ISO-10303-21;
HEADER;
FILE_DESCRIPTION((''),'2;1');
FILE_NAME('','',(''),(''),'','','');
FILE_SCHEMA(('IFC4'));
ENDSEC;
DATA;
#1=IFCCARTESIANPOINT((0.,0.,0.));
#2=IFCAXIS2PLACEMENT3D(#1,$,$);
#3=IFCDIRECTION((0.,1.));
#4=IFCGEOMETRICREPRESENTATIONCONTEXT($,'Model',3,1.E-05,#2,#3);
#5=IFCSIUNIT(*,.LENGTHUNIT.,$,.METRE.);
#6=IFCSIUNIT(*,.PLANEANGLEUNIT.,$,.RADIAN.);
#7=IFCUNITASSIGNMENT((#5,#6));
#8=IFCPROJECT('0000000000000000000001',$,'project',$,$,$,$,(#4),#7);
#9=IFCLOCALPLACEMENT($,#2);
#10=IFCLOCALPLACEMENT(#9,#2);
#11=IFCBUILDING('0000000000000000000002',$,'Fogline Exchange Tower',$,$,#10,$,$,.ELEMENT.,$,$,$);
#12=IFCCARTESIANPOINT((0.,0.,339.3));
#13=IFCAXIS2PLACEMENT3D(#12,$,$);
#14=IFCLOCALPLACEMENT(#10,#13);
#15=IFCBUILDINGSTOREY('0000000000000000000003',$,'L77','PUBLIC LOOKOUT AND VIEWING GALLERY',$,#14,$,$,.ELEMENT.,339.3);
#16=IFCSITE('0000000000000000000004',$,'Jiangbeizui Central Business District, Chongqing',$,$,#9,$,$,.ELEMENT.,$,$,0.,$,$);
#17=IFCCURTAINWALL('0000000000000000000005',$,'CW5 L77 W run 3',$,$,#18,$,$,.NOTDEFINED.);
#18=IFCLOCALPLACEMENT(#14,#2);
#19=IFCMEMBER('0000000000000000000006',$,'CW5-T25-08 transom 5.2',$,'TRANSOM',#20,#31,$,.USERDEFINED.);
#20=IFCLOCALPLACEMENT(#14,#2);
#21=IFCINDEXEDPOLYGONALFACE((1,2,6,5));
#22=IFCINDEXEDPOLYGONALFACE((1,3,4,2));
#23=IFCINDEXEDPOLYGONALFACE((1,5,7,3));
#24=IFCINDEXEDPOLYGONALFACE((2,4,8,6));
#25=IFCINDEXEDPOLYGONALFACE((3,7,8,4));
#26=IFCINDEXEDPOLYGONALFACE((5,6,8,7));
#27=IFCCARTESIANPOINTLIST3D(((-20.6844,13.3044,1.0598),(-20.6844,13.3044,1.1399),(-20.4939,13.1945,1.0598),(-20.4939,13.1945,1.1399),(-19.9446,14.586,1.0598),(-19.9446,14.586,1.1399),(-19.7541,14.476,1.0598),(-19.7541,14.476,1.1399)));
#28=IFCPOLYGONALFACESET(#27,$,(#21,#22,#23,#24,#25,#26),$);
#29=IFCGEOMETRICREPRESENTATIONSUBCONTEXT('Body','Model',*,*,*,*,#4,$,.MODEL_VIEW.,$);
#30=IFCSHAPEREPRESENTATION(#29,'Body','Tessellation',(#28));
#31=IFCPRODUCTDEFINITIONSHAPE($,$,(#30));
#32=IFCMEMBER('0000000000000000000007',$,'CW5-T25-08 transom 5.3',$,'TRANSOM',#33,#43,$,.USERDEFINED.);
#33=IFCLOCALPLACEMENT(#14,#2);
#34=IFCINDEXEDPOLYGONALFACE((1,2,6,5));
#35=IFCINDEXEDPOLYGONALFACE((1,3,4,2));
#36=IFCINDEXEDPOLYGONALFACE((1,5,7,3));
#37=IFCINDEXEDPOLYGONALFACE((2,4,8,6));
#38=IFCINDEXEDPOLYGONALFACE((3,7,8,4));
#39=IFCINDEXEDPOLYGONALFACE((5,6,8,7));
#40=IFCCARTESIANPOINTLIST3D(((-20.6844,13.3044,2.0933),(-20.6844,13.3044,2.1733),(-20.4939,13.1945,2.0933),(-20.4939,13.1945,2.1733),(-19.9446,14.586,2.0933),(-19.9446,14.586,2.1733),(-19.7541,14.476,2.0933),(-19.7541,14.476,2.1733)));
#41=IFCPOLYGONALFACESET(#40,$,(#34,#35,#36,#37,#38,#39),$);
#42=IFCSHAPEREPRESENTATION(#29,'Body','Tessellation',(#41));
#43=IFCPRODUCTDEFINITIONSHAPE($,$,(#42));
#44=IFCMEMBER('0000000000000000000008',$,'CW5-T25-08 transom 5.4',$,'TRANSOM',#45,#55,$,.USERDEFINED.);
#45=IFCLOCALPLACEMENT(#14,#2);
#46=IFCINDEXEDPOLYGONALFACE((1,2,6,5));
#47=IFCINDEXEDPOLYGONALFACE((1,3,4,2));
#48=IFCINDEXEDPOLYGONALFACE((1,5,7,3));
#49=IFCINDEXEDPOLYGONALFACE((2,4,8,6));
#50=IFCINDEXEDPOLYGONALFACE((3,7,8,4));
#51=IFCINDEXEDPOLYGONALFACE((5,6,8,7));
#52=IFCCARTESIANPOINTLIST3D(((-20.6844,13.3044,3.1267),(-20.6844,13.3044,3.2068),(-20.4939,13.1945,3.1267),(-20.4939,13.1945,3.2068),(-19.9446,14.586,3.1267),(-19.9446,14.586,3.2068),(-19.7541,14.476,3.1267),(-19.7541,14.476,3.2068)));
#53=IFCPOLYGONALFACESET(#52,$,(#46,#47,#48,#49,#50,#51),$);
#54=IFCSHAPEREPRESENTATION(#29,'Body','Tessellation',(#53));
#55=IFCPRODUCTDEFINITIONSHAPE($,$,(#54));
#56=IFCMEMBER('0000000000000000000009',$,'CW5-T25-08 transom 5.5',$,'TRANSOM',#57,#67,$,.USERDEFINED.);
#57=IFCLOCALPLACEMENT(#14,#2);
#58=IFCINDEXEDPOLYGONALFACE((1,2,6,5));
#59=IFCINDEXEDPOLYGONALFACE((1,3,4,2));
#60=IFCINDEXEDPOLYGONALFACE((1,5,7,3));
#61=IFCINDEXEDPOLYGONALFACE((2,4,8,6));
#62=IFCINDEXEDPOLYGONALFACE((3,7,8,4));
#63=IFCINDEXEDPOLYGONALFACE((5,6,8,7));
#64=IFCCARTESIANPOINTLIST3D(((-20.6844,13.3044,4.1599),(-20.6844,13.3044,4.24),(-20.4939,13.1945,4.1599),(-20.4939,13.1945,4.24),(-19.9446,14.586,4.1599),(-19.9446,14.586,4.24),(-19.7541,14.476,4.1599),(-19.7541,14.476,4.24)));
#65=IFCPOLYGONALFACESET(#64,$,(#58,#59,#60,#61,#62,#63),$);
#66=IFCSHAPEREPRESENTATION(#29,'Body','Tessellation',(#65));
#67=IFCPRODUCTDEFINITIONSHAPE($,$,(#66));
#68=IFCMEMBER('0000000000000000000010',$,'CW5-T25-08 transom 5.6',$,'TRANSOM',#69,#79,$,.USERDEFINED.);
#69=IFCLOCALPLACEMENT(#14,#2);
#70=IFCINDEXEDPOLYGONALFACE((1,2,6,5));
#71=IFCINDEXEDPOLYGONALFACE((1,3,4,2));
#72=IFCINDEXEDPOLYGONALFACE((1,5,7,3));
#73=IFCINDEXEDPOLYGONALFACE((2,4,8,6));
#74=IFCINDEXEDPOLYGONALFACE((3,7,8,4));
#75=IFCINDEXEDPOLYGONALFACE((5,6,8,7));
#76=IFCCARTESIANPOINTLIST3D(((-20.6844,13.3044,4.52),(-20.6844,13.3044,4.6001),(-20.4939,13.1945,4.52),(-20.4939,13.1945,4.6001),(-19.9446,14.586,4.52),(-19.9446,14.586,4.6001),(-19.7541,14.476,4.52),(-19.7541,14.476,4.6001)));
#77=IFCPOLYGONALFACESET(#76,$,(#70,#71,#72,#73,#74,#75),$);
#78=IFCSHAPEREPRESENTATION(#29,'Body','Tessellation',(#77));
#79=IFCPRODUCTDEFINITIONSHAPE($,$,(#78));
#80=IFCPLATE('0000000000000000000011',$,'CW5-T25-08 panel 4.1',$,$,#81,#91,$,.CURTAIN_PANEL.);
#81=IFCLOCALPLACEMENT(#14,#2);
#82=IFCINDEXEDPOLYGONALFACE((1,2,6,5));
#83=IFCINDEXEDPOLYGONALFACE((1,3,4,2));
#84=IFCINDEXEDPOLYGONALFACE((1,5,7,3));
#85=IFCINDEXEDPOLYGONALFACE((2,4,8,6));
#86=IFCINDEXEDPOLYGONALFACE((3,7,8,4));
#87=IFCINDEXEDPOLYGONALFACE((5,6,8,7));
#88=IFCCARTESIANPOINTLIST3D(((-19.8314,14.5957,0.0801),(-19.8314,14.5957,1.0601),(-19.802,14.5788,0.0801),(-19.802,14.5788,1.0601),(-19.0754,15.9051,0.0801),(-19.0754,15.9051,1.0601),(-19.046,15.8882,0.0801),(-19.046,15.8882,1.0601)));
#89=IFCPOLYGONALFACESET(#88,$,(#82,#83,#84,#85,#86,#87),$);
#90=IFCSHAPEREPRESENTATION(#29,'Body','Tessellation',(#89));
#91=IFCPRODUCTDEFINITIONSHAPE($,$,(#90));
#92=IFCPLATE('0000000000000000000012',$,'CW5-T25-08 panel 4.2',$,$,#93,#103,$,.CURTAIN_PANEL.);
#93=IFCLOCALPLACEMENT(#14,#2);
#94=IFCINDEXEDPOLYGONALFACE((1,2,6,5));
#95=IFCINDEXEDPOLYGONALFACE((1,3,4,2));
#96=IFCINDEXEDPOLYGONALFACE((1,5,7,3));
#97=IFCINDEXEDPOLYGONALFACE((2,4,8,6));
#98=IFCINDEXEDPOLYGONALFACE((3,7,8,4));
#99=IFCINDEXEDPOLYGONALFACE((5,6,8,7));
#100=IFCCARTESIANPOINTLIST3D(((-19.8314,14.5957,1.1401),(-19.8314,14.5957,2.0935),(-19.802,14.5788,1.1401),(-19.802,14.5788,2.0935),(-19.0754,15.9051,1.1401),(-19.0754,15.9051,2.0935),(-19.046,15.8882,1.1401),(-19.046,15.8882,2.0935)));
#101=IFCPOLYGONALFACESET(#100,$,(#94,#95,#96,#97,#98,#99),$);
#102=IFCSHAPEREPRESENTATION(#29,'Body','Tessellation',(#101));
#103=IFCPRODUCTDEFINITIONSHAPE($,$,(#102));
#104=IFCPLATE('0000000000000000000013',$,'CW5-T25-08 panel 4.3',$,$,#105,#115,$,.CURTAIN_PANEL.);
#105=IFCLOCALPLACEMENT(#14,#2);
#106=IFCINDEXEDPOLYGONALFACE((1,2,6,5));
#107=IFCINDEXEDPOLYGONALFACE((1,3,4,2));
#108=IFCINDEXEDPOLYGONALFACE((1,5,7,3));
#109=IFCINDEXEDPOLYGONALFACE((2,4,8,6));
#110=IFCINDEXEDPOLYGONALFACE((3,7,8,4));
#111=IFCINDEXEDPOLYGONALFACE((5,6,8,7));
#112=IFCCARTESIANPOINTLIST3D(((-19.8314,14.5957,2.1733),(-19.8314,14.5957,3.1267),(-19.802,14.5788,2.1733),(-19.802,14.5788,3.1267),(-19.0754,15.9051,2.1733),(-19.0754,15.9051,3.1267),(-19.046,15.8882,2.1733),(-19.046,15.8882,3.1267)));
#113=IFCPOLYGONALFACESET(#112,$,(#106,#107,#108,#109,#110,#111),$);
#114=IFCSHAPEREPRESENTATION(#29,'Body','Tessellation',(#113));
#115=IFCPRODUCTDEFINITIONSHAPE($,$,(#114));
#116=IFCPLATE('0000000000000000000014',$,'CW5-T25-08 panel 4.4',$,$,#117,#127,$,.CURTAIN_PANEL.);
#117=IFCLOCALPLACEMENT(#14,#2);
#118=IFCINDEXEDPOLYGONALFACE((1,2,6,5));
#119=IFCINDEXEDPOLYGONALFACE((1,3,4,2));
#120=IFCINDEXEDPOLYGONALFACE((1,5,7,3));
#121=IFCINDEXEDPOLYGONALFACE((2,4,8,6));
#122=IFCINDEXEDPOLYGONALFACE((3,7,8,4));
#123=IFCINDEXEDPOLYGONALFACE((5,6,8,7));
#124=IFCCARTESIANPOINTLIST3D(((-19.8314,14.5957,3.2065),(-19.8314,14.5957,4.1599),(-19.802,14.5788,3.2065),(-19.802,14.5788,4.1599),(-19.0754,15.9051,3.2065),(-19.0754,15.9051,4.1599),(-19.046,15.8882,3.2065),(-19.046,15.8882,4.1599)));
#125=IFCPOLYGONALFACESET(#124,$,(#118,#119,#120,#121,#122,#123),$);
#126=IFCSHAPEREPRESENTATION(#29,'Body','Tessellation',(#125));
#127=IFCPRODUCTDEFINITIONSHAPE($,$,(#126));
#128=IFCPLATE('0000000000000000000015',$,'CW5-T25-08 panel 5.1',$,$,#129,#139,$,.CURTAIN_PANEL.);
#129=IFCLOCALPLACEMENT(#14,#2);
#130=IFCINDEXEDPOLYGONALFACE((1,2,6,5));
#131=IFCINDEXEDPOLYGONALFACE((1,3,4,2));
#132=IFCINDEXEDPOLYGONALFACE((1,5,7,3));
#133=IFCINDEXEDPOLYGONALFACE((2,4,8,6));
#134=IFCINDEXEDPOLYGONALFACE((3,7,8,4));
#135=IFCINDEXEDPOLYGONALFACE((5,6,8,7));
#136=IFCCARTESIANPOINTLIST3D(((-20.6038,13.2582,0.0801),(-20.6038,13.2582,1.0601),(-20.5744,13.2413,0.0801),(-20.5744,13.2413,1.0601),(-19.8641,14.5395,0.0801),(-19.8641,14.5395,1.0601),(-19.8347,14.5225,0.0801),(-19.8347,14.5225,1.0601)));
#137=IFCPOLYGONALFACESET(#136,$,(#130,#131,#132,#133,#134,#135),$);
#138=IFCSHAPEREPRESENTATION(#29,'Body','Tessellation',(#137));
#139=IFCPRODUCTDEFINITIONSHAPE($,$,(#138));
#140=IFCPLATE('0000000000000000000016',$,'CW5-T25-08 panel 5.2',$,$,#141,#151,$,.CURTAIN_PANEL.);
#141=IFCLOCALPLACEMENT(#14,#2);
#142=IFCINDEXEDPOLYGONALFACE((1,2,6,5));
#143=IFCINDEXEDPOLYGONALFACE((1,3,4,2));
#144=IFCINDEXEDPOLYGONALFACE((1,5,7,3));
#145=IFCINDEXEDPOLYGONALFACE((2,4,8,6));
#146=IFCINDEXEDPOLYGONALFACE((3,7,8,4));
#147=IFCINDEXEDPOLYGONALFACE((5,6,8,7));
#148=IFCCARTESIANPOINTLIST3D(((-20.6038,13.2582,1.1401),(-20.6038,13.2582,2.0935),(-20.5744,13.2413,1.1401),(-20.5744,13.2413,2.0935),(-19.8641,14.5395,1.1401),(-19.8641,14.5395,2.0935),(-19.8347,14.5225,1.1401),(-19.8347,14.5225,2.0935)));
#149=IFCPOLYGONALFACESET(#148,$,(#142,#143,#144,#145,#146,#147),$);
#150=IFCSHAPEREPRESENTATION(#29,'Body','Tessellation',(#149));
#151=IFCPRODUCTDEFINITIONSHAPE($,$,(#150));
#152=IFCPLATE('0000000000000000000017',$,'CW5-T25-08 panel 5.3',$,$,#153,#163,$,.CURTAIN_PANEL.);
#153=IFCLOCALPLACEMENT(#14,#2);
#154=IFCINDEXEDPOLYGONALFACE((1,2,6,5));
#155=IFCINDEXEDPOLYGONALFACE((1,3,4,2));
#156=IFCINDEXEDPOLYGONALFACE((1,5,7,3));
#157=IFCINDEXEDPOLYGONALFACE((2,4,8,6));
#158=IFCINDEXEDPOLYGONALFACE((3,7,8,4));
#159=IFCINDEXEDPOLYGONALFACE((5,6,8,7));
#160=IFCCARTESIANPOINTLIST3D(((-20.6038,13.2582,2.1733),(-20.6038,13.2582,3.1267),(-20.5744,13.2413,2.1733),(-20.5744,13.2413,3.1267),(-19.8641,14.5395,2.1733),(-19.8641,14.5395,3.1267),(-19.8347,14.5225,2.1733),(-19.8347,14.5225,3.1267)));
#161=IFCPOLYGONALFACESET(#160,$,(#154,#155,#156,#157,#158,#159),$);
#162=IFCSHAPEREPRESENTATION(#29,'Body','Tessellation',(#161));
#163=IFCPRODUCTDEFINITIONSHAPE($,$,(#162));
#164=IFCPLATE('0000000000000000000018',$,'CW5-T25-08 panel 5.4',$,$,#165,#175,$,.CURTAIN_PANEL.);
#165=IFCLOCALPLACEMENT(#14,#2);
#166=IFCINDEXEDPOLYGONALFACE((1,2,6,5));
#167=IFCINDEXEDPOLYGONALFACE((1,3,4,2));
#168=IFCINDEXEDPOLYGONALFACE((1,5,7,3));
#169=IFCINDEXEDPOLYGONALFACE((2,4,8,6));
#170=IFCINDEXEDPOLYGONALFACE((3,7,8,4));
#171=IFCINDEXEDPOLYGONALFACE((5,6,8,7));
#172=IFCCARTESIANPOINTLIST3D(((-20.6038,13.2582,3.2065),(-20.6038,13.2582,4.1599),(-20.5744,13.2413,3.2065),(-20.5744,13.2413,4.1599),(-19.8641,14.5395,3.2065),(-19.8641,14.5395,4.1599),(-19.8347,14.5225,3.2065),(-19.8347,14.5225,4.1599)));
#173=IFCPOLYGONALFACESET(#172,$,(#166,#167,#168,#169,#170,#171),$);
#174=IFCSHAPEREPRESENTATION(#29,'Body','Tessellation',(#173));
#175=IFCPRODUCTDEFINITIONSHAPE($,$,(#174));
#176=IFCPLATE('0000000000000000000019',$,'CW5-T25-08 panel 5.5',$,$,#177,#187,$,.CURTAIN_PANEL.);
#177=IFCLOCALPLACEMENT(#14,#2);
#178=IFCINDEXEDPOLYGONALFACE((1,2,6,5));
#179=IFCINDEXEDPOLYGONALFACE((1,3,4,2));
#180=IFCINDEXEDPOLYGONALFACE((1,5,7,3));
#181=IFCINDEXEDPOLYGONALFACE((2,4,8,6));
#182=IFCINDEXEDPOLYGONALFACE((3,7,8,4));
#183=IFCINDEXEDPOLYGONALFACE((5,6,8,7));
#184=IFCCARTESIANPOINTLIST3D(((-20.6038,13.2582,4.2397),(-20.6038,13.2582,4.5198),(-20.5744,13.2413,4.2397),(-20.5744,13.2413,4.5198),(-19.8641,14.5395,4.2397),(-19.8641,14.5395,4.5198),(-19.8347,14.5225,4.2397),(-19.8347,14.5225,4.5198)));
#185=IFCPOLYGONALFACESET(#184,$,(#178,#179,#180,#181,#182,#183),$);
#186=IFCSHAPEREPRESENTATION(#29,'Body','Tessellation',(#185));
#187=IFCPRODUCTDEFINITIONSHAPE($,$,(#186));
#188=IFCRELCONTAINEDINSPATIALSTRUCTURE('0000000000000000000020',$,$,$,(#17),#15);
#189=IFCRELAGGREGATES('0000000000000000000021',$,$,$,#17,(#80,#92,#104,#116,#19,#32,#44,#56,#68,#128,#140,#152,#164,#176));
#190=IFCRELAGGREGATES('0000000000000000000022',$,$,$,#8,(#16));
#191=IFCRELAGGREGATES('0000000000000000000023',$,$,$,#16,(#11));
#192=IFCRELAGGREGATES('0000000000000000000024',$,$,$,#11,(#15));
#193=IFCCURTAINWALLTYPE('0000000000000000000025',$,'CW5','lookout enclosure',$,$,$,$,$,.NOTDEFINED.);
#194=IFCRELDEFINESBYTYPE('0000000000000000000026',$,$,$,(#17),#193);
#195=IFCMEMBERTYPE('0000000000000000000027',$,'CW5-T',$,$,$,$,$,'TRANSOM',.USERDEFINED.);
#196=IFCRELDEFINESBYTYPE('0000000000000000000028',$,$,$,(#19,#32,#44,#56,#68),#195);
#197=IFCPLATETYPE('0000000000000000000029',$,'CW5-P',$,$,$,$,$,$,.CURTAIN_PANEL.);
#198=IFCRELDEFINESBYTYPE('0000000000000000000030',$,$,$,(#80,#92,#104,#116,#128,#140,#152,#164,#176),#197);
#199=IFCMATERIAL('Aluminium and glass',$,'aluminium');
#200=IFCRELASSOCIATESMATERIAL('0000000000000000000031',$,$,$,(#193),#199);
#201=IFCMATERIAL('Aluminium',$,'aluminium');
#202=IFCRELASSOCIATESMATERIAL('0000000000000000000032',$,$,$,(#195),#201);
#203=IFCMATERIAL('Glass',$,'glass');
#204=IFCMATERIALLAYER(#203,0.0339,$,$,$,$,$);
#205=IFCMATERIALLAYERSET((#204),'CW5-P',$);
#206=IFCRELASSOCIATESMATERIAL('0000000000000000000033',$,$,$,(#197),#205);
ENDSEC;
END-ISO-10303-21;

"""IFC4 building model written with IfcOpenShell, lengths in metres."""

from ifc_helpers import new_model, si_unit, direction, frame, origin, origin_2d, place, context, subcontext, project, spatial, rectangle, extrude, material, layer, layer_set, material_profile, profile_set, type_object, element, aggregate, save


model = new_model("IFC4")

# Units and contexts
model_context = context("Model", 3, precision=1e-05, world=origin(), true_north=direction((0.0, 1.0)))
body_context = subcontext(model_context, "Body", "Model", "MODEL_VIEW")
ifc_project = project(units=[si_unit("LENGTHUNIT", "METRE"), si_unit("PLANEANGLEUNIT", "RADIAN")], contexts=[model_context])

# Site, building, storey
site_placement = place(None, origin())
site = spatial("IfcSite", under=ifc_project, at=site_placement, Name="Jiangbeizui Central Business District, Chongqing", CompositionType="ELEMENT", RefElevation=0.0)
building_placement = place(site_placement, origin())
building = spatial("IfcBuilding", under=site, at=building_placement, Name="Fogline Exchange Tower", CompositionType="ELEMENT")
storey_placement = place(building_placement, frame((0.0, 0.0, 339.3)))
storey = spatial("IfcBuildingStorey", under=building, at=storey_placement, Name="L77", Description="PUBLIC LOOKOUT AND VIEWING GALLERY", CompositionType="ELEMENT", Elevation=339.3)

# Curtain wall, members, plates
ifc_material_1 = material(Name="Aluminium and glass", Category="aluminium")
curtain_wall_type = type_object("IfcCurtainWallType", Name="CW5", Description="lookout enclosure", PredefinedType="NOTDEFINED", material=ifc_material_1)
curtain_wall_placement = place(storey_placement, origin())
curtain_wall = element("IfcCurtainWall", 1, at=curtain_wall_placement, inside=storey, type_object=curtain_wall_type, Name="CW5 L77 W run 3", PredefinedType="NOTDEFINED")
ifc_material_2 = material(Name="Aluminium", Category="aluminium")
ifc_material_profile_1 = material_profile(ifc_material_2, rectangle(XDim=0.22, YDim=0.0801, at=origin_2d()), Name="Transom 80x220")
ifc_profile_set_1 = profile_set([ifc_material_profile_1], Name="Aluminium")
member_type_1 = type_object("IfcMemberType", Name="CW5-T", ElementType="TRANSOM", PredefinedType="USERDEFINED", material=ifc_profile_set_1)
member_1_placement = place(storey_placement, frame((-19.8494, 14.531, 1.0999), z_axis=(-0.499937, -0.866062, 0.0), x_axis=(0.866062, -0.499937, 0.0)))
member_1 = element("IfcMember", 2, at=member_1_placement, type_object=member_type_1, Name="CW5-T25-08 transom 5.2", ObjectType="TRANSOM", PredefinedType="USERDEFINED", context=body_context, shape_type="SweptSolid", body=[
    extrude(rectangle(XDim=0.22, YDim=0.0801, at=origin_2d()), origin(), (0.0, 0.0, 1.0), 1.4797),
])
member_2_placement = place(storey_placement, frame((-19.8494, 14.531, 2.1333), z_axis=(-0.499937, -0.866062, 0.0), x_axis=(0.866062, -0.499937, 0.0)))
member_2 = element("IfcMember", 3, at=member_2_placement, type_object=member_type_1, Name="CW5-T25-08 transom 5.3", ObjectType="TRANSOM", PredefinedType="USERDEFINED", context=body_context, shape_type="SweptSolid", body=[
    extrude(rectangle(XDim=0.22, YDim=0.0801, at=origin_2d()), origin(), (0.0, 0.0, 1.0), 1.4797),
])
member_3_placement = place(storey_placement, frame((-19.8494, 14.531, 3.1667), z_axis=(-0.499937, -0.866062, 0.0), x_axis=(0.866062, -0.499937, 0.0)))
member_3 = element("IfcMember", 4, at=member_3_placement, type_object=member_type_1, Name="CW5-T25-08 transom 5.4", ObjectType="TRANSOM", PredefinedType="USERDEFINED", context=body_context, shape_type="SweptSolid", body=[
    extrude(rectangle(XDim=0.22, YDim=0.0801, at=origin_2d()), origin(), (0.0, 0.0, 1.0), 1.4797),
])
member_4_placement = place(storey_placement, frame((-19.8494, 14.531, 4.2), z_axis=(-0.499937, -0.866062, 0.0), x_axis=(0.866062, -0.499937, 0.0)))
member_4 = element("IfcMember", 5, at=member_4_placement, type_object=member_type_1, Name="CW5-T25-08 transom 5.5", ObjectType="TRANSOM", PredefinedType="USERDEFINED", context=body_context, shape_type="SweptSolid", body=[
    extrude(rectangle(XDim=0.22, YDim=0.0801, at=origin_2d()), origin(), (0.0, 0.0, 1.0), 1.4797),
])
member_5_placement = place(storey_placement, frame((-19.8494, 14.531, 4.5601), z_axis=(-0.499937, -0.866062, 0.0), x_axis=(0.866062, -0.499937, 0.0)))
member_5 = element("IfcMember", 6, at=member_5_placement, type_object=member_type_1, Name="CW5-T25-08 transom 5.6", ObjectType="TRANSOM", PredefinedType="USERDEFINED", context=body_context, shape_type="SweptSolid", body=[
    extrude(rectangle(XDim=0.22, YDim=0.0801, at=origin_2d()), origin(), (0.0, 0.0, 1.0), 1.4797),
])
ifc_material_3 = material(Name="Glass", Category="glass")
ifc_layer_1 = layer(ifc_material_3, 0.0339)
ifc_layer_set_1 = layer_set([ifc_layer_1], Name="CW5-P")
plate_type = type_object("IfcPlateType", Name="CW5-P", PredefinedType="CURTAIN_PANEL", material=ifc_layer_set_1)
plate_1_placement = place(storey_placement, frame((-19.4387, 15.2419, 0.0801), z_axis=(0.0, 0.0, 1.0), x_axis=(-0.5, -0.866025, 0.0)))
plate_1 = element("IfcPlate", 7, at=plate_1_placement, type_object=plate_type, Name="CW5-T25-08 panel 4.1", PredefinedType="CURTAIN_PANEL", context=body_context, shape_type="SweptSolid", body=[
    extrude(rectangle(XDim=1.512, YDim=0.0339, at=origin_2d()), origin(), (0.0, 0.0, 1.0), 0.98),
])
plate_2_placement = place(storey_placement, frame((-19.4387, 15.2419, 1.1401), z_axis=(0.0, 0.0, 1.0), x_axis=(-0.5, -0.866025, 0.0)))
plate_2 = element("IfcPlate", 8, at=plate_2_placement, type_object=plate_type, Name="CW5-T25-08 panel 4.2", PredefinedType="CURTAIN_PANEL", context=body_context, shape_type="SweptSolid", body=[
    extrude(rectangle(XDim=1.512, YDim=0.0339, at=origin_2d()), origin(), (0.0, 0.0, 1.0), 0.9534),
])
plate_3_placement = place(storey_placement, frame((-19.4387, 15.2419, 2.1733), z_axis=(0.0, 0.0, 1.0), x_axis=(-0.5, -0.866025, 0.0)))
plate_3 = element("IfcPlate", 9, at=plate_3_placement, type_object=plate_type, Name="CW5-T25-08 panel 4.3", PredefinedType="CURTAIN_PANEL", context=body_context, shape_type="SweptSolid", body=[
    extrude(rectangle(XDim=1.512, YDim=0.0339, at=origin_2d()), origin(), (0.0, 0.0, 1.0), 0.9534),
])
plate_4_placement = place(storey_placement, frame((-19.4387, 15.2419, 3.2065), z_axis=(0.0, 0.0, 1.0), x_axis=(-0.5, -0.866025, 0.0)))
plate_4 = element("IfcPlate", 10, at=plate_4_placement, type_object=plate_type, Name="CW5-T25-08 panel 4.4", PredefinedType="CURTAIN_PANEL", context=body_context, shape_type="SweptSolid", body=[
    extrude(rectangle(XDim=1.512, YDim=0.0339, at=origin_2d()), origin(), (0.0, 0.0, 1.0), 0.9534),
])
plate_5_placement = place(storey_placement, frame((-20.2192, 13.8904, 0.0801), z_axis=(0.0, 0.0, 1.0), x_axis=(-0.5, -0.866025, 0.0)))
plate_5 = element("IfcPlate", 11, at=plate_5_placement, type_object=plate_type, Name="CW5-T25-08 panel 5.1", PredefinedType="CURTAIN_PANEL", context=body_context, shape_type="SweptSolid", body=[
    extrude(rectangle(XDim=1.4795, YDim=0.0339, at=origin_2d()), origin(), (0.0, 0.0, 1.0), 0.98),
])
plate_6_placement = place(storey_placement, frame((-20.2192, 13.8904, 1.1401), z_axis=(0.0, 0.0, 1.0), x_axis=(-0.5, -0.866025, 0.0)))
plate_6 = element("IfcPlate", 12, at=plate_6_placement, type_object=plate_type, Name="CW5-T25-08 panel 5.2", PredefinedType="CURTAIN_PANEL", context=body_context, shape_type="SweptSolid", body=[
    extrude(rectangle(XDim=1.4795, YDim=0.0339, at=origin_2d()), origin(), (0.0, 0.0, 1.0), 0.9534),
])
plate_7_placement = place(storey_placement, frame((-20.2192, 13.8904, 2.1733), z_axis=(0.0, 0.0, 1.0), x_axis=(-0.5, -0.866025, 0.0)))
plate_7 = element("IfcPlate", 13, at=plate_7_placement, type_object=plate_type, Name="CW5-T25-08 panel 5.3", PredefinedType="CURTAIN_PANEL", context=body_context, shape_type="SweptSolid", body=[
    extrude(rectangle(XDim=1.4795, YDim=0.0339, at=origin_2d()), origin(), (0.0, 0.0, 1.0), 0.9534),
])
plate_8_placement = place(storey_placement, frame((-20.2192, 13.8904, 3.2065), z_axis=(0.0, 0.0, 1.0), x_axis=(-0.5, -0.866025, 0.0)))
plate_8 = element("IfcPlate", 14, at=plate_8_placement, type_object=plate_type, Name="CW5-T25-08 panel 5.4", PredefinedType="CURTAIN_PANEL", context=body_context, shape_type="SweptSolid", body=[
    extrude(rectangle(XDim=1.4795, YDim=0.0339, at=origin_2d()), origin(), (0.0, 0.0, 1.0), 0.9534),
])
plate_9_placement = place(storey_placement, frame((-20.2192, 13.8904, 4.2397), z_axis=(0.0, 0.0, 1.0), x_axis=(-0.5, -0.866025, 0.0)))
plate_9 = element("IfcPlate", 15, at=plate_9_placement, type_object=plate_type, Name="CW5-T25-08 panel 5.5", PredefinedType="CURTAIN_PANEL", context=body_context, shape_type="SweptSolid", body=[
    extrude(rectangle(XDim=1.4795, YDim=0.0339, at=origin_2d()), origin(), (0.0, 0.0, 1.0), 0.28),
])
aggregate(curtain_wall, [plate_1, plate_2, plate_3, plate_4, member_1, member_2, member_3, member_4, member_5, plate_5, plate_6, plate_7, plate_8, plate_9])

save(model, "model.ifc")
